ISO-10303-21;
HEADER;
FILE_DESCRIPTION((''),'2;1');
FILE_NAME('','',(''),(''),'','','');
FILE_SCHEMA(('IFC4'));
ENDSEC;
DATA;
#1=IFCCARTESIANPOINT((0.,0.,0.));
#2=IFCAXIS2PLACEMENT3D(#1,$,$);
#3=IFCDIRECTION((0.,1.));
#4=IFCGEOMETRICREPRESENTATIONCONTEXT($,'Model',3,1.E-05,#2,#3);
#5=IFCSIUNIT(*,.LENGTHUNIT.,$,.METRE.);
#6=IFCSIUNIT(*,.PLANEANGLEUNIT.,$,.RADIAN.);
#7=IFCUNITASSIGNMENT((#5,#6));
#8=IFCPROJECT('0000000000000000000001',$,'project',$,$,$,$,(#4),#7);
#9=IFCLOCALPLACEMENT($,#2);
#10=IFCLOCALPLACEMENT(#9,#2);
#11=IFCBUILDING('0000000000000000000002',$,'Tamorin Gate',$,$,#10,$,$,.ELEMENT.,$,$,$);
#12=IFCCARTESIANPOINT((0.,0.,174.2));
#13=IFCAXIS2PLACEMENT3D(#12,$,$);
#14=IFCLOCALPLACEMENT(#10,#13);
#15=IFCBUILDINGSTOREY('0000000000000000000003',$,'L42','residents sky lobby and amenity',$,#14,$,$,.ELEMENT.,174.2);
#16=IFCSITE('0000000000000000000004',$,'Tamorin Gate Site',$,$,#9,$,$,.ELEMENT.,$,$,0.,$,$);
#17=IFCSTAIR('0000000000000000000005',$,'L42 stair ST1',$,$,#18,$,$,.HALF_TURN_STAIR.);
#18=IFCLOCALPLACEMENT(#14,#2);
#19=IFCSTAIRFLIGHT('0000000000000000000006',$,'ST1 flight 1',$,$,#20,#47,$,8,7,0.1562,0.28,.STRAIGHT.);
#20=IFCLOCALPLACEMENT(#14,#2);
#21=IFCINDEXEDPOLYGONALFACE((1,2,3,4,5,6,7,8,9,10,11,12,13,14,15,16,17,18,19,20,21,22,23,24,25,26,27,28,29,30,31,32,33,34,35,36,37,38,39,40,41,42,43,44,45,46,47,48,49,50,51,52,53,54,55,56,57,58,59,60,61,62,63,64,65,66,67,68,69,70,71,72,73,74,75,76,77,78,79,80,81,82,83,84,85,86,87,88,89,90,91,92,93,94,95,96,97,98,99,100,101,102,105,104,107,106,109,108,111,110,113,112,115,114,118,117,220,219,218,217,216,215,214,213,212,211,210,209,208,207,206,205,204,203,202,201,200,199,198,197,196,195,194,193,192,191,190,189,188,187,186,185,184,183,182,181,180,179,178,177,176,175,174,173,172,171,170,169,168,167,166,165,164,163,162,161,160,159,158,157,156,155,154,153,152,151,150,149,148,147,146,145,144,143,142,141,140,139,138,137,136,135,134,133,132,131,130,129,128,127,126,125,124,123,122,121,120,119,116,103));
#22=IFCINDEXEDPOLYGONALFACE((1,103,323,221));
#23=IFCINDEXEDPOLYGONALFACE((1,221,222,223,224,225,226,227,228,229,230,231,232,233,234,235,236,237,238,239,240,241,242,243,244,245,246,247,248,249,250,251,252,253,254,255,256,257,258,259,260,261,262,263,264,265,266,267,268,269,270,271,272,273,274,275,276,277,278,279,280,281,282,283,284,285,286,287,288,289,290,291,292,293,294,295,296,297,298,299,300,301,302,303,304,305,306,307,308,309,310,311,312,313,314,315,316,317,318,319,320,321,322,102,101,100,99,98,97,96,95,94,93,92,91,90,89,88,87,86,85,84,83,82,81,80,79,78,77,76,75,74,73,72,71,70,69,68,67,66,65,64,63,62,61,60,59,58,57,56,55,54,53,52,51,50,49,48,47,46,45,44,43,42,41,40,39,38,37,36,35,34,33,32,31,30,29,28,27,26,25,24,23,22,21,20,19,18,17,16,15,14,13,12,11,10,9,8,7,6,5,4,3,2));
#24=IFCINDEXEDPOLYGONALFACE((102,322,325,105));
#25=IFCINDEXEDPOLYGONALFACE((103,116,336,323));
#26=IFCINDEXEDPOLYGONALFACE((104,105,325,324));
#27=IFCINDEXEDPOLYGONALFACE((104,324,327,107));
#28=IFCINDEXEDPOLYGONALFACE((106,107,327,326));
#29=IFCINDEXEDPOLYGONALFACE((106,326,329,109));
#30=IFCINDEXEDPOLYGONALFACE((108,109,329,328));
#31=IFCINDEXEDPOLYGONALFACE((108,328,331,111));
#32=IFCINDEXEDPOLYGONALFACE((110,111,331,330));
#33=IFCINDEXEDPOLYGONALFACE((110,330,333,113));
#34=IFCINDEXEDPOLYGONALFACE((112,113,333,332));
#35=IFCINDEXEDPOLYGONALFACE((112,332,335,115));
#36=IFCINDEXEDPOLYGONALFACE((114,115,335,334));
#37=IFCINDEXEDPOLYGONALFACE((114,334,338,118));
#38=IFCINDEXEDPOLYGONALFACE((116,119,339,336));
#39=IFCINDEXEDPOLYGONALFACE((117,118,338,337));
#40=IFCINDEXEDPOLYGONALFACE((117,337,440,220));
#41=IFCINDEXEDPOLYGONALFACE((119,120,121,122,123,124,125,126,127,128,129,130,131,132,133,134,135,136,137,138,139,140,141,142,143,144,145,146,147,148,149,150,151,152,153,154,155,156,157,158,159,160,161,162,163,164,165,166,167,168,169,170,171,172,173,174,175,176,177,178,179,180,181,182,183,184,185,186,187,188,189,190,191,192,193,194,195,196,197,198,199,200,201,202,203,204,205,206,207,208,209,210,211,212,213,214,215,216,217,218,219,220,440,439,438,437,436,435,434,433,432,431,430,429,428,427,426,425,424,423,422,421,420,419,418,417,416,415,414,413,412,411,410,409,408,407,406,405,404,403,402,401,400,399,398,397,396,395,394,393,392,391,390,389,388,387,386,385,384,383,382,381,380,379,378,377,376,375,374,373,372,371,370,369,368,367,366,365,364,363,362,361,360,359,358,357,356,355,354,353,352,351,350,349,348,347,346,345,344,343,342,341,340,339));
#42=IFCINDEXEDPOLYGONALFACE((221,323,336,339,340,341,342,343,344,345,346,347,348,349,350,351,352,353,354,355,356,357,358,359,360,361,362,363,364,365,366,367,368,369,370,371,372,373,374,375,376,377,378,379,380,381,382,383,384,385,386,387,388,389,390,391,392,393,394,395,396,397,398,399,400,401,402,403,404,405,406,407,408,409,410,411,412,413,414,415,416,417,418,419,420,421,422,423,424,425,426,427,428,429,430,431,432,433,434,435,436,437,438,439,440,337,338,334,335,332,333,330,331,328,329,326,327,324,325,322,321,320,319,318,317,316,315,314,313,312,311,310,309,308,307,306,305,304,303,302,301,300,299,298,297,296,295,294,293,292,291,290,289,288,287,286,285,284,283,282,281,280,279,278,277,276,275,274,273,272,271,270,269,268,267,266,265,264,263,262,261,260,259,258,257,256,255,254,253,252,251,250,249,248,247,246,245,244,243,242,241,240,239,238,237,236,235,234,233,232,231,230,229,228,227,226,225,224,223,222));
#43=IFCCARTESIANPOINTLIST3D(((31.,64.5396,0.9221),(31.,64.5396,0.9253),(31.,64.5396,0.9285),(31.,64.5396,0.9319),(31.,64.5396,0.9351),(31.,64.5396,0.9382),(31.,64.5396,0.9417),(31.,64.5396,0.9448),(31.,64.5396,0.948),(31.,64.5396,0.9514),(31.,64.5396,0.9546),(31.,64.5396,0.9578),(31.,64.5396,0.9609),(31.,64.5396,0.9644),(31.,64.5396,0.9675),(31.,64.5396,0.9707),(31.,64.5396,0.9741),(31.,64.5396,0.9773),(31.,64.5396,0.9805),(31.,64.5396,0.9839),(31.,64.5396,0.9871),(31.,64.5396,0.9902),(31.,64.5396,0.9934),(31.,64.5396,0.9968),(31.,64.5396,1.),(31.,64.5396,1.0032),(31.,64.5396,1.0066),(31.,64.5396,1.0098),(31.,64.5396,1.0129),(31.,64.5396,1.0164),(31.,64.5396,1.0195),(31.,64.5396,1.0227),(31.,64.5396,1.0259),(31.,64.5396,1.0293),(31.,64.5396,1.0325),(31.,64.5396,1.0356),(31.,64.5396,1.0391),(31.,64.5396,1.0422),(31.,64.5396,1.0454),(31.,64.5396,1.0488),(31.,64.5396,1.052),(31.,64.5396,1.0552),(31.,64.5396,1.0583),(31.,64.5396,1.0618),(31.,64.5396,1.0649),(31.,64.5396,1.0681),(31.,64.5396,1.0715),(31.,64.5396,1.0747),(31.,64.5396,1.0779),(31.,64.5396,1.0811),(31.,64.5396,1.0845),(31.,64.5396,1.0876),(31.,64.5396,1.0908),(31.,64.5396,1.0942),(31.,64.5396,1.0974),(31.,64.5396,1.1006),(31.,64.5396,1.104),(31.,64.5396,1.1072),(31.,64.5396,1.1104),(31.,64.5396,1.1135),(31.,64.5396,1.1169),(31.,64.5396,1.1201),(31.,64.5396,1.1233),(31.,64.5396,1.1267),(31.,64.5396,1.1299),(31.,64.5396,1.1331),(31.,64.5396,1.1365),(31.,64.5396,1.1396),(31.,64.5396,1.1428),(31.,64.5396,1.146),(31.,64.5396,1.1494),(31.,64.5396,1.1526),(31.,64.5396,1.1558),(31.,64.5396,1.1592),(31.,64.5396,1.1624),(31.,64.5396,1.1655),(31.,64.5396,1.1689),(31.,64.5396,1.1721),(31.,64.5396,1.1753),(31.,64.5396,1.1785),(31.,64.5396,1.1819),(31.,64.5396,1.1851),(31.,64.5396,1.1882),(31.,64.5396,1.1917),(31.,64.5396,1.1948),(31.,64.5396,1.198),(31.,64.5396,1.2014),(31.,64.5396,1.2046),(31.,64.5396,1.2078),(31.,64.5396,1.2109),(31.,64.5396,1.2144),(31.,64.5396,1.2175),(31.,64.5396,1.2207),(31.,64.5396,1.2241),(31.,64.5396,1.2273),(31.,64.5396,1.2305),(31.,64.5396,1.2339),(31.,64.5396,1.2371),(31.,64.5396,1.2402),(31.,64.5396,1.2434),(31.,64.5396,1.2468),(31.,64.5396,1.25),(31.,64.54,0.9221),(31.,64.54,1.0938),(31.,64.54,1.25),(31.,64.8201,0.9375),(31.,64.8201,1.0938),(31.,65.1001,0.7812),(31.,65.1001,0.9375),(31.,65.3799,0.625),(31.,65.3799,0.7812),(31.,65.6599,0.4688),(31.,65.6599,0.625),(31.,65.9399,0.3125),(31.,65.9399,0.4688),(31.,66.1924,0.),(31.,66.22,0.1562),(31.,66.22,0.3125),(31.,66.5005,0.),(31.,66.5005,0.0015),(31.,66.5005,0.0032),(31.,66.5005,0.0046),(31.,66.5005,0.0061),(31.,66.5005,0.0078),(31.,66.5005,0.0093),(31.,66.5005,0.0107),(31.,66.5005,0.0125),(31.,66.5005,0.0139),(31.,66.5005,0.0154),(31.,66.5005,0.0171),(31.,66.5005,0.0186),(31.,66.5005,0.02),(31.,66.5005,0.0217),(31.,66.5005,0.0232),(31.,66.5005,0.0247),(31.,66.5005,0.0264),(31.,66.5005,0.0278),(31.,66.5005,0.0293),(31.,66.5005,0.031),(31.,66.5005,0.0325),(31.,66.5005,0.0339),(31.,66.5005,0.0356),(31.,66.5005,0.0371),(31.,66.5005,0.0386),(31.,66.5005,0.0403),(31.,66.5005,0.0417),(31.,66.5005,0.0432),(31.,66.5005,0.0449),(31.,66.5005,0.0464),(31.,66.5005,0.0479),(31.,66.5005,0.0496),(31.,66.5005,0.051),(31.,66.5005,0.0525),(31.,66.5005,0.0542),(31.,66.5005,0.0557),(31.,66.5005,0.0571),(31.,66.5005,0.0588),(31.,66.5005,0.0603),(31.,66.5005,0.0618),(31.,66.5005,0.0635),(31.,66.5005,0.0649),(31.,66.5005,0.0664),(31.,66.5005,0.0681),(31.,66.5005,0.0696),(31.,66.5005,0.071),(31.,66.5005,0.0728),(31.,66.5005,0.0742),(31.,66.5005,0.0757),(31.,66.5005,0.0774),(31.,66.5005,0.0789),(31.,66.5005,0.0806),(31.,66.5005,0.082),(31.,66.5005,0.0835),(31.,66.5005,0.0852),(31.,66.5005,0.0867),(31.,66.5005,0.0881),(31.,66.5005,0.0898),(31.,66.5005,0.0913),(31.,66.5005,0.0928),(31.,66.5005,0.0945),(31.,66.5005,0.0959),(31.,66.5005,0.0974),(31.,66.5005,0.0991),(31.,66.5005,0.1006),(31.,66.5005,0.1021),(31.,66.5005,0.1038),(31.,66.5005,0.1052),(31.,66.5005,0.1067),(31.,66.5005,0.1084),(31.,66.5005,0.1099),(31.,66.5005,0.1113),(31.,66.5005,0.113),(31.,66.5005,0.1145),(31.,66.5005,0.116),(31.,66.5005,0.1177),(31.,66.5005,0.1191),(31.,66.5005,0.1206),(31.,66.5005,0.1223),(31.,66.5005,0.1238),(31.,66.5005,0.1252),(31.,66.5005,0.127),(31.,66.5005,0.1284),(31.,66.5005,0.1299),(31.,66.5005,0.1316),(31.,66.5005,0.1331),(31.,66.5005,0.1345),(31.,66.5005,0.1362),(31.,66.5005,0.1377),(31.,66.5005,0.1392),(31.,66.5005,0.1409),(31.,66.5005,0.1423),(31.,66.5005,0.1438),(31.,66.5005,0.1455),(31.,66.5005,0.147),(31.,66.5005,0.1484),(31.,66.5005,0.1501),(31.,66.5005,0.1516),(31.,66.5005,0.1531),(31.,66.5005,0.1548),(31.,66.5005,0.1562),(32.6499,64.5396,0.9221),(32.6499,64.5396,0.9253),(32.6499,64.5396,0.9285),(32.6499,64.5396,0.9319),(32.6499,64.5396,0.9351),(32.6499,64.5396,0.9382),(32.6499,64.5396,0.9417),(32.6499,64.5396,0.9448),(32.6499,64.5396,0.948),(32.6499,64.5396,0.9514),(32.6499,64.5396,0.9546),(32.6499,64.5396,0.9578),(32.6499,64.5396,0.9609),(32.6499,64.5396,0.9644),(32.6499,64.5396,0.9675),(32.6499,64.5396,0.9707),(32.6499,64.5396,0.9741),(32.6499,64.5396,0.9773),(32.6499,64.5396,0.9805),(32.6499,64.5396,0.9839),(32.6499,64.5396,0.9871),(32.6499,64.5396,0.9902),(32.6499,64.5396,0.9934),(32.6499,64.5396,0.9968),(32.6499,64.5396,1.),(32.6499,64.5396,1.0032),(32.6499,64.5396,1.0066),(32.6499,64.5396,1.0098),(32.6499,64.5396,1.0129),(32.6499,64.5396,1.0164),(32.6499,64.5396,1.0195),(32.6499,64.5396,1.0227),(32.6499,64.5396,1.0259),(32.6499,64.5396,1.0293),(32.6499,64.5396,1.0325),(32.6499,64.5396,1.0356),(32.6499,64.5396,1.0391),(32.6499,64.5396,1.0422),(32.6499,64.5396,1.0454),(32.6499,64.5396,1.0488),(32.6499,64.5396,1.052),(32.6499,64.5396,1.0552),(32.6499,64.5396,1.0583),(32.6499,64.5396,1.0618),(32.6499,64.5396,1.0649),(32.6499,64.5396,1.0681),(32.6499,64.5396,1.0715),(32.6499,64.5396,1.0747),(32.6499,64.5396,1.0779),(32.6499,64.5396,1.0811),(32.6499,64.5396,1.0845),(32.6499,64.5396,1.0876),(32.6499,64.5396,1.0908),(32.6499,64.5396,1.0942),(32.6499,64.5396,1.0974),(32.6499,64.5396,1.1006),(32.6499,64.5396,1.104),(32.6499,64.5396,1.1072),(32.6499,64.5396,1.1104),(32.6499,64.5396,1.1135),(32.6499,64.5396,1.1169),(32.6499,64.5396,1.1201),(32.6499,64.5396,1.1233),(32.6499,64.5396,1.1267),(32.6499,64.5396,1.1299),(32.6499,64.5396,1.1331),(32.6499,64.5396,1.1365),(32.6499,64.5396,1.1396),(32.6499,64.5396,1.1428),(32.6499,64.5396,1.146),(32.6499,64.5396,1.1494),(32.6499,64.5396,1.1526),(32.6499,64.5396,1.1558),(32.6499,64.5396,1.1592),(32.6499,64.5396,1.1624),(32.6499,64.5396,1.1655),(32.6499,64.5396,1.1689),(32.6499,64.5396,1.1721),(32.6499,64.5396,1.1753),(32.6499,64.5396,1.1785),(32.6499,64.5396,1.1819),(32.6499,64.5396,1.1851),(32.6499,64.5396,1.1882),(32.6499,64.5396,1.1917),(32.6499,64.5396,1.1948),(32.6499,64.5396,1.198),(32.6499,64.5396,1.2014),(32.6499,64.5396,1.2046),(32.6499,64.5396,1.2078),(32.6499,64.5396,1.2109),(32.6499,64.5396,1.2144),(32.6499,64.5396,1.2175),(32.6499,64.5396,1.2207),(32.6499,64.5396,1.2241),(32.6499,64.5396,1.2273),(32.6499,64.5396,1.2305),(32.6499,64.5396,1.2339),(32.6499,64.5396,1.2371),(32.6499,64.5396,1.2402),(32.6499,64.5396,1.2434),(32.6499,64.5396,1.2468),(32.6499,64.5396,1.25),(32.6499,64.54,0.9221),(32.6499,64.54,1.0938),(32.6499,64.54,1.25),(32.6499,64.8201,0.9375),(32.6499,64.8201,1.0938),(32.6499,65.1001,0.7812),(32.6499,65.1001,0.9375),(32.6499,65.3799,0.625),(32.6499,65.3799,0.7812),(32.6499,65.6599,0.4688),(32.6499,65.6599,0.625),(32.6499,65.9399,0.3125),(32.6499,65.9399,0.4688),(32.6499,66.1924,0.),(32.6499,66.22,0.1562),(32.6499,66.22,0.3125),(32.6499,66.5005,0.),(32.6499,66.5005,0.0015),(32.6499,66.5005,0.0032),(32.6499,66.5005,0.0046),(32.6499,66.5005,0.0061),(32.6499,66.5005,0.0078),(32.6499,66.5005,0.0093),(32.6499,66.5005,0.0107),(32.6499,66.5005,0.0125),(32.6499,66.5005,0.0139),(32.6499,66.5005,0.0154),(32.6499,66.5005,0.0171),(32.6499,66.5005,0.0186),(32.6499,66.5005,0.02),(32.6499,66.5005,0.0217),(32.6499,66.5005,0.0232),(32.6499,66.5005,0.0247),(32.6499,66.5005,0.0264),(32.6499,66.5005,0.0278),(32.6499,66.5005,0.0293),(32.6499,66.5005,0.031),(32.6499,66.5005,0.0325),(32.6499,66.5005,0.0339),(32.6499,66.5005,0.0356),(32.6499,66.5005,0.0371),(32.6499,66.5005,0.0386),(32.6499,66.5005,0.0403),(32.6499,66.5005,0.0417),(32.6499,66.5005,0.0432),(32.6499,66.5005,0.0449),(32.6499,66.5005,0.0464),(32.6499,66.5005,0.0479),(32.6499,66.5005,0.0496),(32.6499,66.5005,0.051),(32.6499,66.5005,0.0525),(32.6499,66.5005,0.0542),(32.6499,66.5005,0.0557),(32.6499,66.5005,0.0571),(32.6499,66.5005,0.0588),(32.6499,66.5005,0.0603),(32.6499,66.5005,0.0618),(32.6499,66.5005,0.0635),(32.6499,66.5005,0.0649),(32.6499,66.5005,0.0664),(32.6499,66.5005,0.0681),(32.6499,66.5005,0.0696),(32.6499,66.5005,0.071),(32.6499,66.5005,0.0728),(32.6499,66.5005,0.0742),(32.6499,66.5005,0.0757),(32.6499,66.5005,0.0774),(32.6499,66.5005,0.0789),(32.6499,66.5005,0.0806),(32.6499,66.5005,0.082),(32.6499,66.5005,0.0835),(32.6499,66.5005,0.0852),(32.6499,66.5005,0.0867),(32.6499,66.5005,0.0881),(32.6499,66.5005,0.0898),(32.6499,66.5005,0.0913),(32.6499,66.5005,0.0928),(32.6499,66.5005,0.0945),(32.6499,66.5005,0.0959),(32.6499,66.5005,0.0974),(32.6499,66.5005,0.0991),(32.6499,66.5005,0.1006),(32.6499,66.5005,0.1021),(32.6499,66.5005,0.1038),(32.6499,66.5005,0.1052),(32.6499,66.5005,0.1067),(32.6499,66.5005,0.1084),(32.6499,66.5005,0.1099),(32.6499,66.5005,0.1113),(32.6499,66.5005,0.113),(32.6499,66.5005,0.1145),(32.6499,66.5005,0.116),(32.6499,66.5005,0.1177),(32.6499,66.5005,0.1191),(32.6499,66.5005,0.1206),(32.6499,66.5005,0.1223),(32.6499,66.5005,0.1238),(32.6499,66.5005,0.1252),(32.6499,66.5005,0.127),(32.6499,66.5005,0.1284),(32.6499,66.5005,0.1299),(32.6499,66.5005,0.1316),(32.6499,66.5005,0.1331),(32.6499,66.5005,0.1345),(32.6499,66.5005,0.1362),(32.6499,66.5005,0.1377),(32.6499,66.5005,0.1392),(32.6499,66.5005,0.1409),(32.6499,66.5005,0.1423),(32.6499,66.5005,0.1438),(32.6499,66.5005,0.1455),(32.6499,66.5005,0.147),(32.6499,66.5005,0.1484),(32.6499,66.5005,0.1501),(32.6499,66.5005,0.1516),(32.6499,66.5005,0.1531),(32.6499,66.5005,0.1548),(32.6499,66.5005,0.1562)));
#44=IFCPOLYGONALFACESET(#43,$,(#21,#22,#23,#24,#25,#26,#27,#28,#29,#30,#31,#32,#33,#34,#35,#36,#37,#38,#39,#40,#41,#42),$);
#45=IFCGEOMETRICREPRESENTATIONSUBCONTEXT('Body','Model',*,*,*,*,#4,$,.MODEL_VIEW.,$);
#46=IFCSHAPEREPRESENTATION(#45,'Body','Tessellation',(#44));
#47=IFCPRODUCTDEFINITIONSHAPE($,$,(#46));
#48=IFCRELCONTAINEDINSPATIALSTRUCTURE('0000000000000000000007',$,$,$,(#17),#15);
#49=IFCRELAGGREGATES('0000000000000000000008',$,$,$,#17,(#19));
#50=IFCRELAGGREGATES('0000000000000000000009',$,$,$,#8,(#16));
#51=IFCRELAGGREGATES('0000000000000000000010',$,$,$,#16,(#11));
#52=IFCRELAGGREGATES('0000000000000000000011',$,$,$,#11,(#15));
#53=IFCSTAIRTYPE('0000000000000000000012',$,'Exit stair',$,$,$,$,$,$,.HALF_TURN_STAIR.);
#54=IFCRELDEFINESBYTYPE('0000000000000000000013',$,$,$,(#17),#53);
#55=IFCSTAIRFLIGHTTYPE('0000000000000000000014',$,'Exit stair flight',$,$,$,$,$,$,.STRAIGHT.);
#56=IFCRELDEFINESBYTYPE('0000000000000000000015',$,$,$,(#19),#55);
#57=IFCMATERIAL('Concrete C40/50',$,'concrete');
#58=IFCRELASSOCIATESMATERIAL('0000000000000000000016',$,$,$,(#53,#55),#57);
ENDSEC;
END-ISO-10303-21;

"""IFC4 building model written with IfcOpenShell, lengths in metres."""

from ifc_helpers import new_model, si_unit, direction, frame, origin, place, context, subcontext, project, spatial, polyline, outline, extrude, material, type_object, element, aggregate, save


model = new_model("IFC4")

# Units and contexts
model_context = context("Model", 3, precision=1e-05, world=origin(), true_north=direction((0.0, 1.0)))
body_context = subcontext(model_context, "Body", "Model", "MODEL_VIEW")
ifc_project = project(units=[si_unit("LENGTHUNIT", "METRE"), si_unit("PLANEANGLEUNIT", "RADIAN")], contexts=[model_context])

# Site, building, storey
site_placement = place(None, origin())
site = spatial("IfcSite", under=ifc_project, at=site_placement, Name="Tamorin Gate Site", CompositionType="ELEMENT", RefElevation=0.0)
building_placement = place(site_placement, origin())
building = spatial("IfcBuilding", under=site, at=building_placement, Name="Tamorin Gate", CompositionType="ELEMENT")
storey_placement = place(building_placement, frame((0.0, 0.0, 174.2)))
storey = spatial("IfcBuildingStorey", under=building, at=storey_placement, Name="L42", Description="residents sky lobby and amenity", CompositionType="ELEMENT", Elevation=174.2)

# Shared definitions
ifc_material_1 = material(Name="Concrete C40/50", Category="concrete")

# Stair, stair flight
stair_type = type_object("IfcStairType", Name="Exit stair", PredefinedType="HALF_TURN_STAIR", material=ifc_material_1)
stair_placement = place(storey_placement, origin())
stair = element("IfcStair", 1, at=stair_placement, inside=storey, type_object=stair_type, Name="L42 stair ST1", PredefinedType="HALF_TURN_STAIR")
stair_flight_type = type_object("IfcStairFlightType", Name="Exit stair flight", PredefinedType="STRAIGHT", material=ifc_material_1)
stair_flight_1_placement = place(storey_placement, frame((31.825, 66.5, 0.0), z_axis=(0.0, 0.0, 1.0), x_axis=(0.0, -1.0, 0.0)))
stair_flight_1 = element("IfcStairFlight", 2, at=stair_flight_1_placement, type_object=stair_flight_type, Name="ST1 flight 1", NumberOfRisers=8, NumberOfTreads=7, PredefinedType="STRAIGHT", RiserHeight=0.1562, TreadLength=0.28, context=body_context, shape_type="SweptSolid", body=[
    extrude(outline(polyline([(-0.0005, 0.0), (-0.0005, 0.0015), (-0.0005, 0.0032), (-0.0005, 0.0046), (-0.0005, 0.0061), (-0.0005, 0.0078), (-0.0005, 0.0093), (-0.0005, 0.0107), (-0.0005, 0.0125), (-0.0005, 0.0139), (-0.0005, 0.0154), (-0.0005, 0.0171), (-0.0005, 0.0186), (-0.0005, 0.02), (-0.0005, 0.0217), (-0.0005, 0.0232), (-0.0005, 0.0247), (-0.0005, 0.0264), (-0.0005, 0.0278), (-0.0005, 0.0293), (-0.0005, 0.031), (-0.0005, 0.0325), (-0.0005, 0.0339), (-0.0005, 0.0356), (-0.0005, 0.0371), (-0.0005, 0.0386), (-0.0005, 0.0403), (-0.0005, 0.0417), (-0.0005, 0.0432), (-0.0005, 0.0449), (-0.0005, 0.0464), (-0.0005, 0.0479), (-0.0005, 0.0496), (-0.0005, 0.051), (-0.0005, 0.0525), (-0.0005, 0.0542), (-0.0005, 0.0557), (-0.0005, 0.0571), (-0.0005, 0.0588), (-0.0005, 0.0603), (-0.0005, 0.0618), (-0.0005, 0.0635), (-0.0005, 0.0649), (-0.0005, 0.0664), (-0.0005, 0.0681), (-0.0005, 0.0696), (-0.0005, 0.071), (-0.0005, 0.0728), (-0.0005, 0.0742), (-0.0005, 0.0757), (-0.0005, 0.0774), (-0.0005, 0.0789), (-0.0005, 0.0806), (-0.0005, 0.082), (-0.0005, 0.0835), (-0.0005, 0.0852), (-0.0005, 0.0867), (-0.0005, 0.0881), (-0.0005, 0.0898), (-0.0005, 0.0913), (-0.0005, 0.0928), (-0.0005, 0.0945), (-0.0005, 0.0959), (-0.0005, 0.0974), (-0.0005, 0.0991), (-0.0005, 0.1006), (-0.0005, 0.1021), (-0.0005, 0.1038), (-0.0005, 0.1052), (-0.0005, 0.1067), (-0.0005, 0.1084), (-0.0005, 0.1099), (-0.0005, 0.1113), (-0.0005, 0.113), (-0.0005, 0.1145), (-0.0005, 0.116), (-0.0005, 0.1177), (-0.0005, 0.1191), (-0.0005, 0.1206), (-0.0005, 0.1223), (-0.0005, 0.1238), (-0.0005, 0.1252), (-0.0005, 0.127), (-0.0005, 0.1284), (-0.0005, 0.1299), (-0.0005, 0.1316), (-0.0005, 0.1331), (-0.0005, 0.1345), (-0.0005, 0.1362), (-0.0005, 0.1377), (-0.0005, 0.1392), (-0.0005, 0.1409), (-0.0005, 0.1423), (-0.0005, 0.1438), (-0.0005, 0.1455), (-0.0005, 0.147), (-0.0005, 0.1484), (-0.0005, 0.1501), (-0.0005, 0.1516), (-0.0005, 0.1531), (-0.0005, 0.1548), (-0.0005, 0.1562), (0.28, 0.1562), (0.28, 0.3125), (0.5601, 0.3125), (0.5601, 0.4688), (0.8401, 0.4688), (0.8401, 0.625), (1.1201, 0.625), (1.1201, 0.7812), (1.3999, 0.7812), (1.3999, 0.9375), (1.6799, 0.9375), (1.6799, 1.0938), (1.96, 1.0938), (1.96, 1.25), (1.9604, 1.25), (1.9604, 1.2468), (1.9604, 1.2434), (1.9604, 1.2402), (1.9604, 1.2371), (1.9604, 1.2339), (1.9604, 1.2305), (1.9604, 1.2273), (1.9604, 1.2241), (1.9604, 1.2207), (1.9604, 1.2175), (1.9604, 1.2144), (1.9604, 1.2109), (1.9604, 1.2078), (1.9604, 1.2046), (1.9604, 1.2014), (1.9604, 1.198), (1.9604, 1.1948), (1.9604, 1.1917), (1.9604, 1.1882), (1.9604, 1.1851), (1.9604, 1.1819), (1.9604, 1.1785), (1.9604, 1.1753), (1.9604, 1.1721), (1.9604, 1.1689), (1.9604, 1.1655), (1.9604, 1.1624), (1.9604, 1.1592), (1.9604, 1.1558), (1.9604, 1.1526), (1.9604, 1.1494), (1.9604, 1.146), (1.9604, 1.1428), (1.9604, 1.1396), (1.9604, 1.1365), (1.9604, 1.1331), (1.9604, 1.1299), (1.9604, 1.1267), (1.9604, 1.1233), (1.9604, 1.1201), (1.9604, 1.1169), (1.9604, 1.1135), (1.9604, 1.1104), (1.9604, 1.1072), (1.9604, 1.104), (1.9604, 1.1006), (1.9604, 1.0974), (1.9604, 1.0942), (1.9604, 1.0908), (1.9604, 1.0876), (1.9604, 1.0845), (1.9604, 1.0811), (1.9604, 1.0779), (1.9604, 1.0747), (1.9604, 1.0715), (1.9604, 1.0681), (1.9604, 1.0649), (1.9604, 1.0618), (1.9604, 1.0583), (1.9604, 1.0552), (1.9604, 1.052), (1.9604, 1.0488), (1.9604, 1.0454), (1.9604, 1.0422), (1.9604, 1.0391), (1.9604, 1.0356), (1.9604, 1.0325), (1.9604, 1.0293), (1.9604, 1.0259), (1.9604, 1.0227), (1.9604, 1.0195), (1.9604, 1.0164), (1.9604, 1.0129), (1.9604, 1.0098), (1.9604, 1.0066), (1.9604, 1.0032), (1.9604, 1.0), (1.9604, 0.9968), (1.9604, 0.9934), (1.9604, 0.9902), (1.9604, 0.9871), (1.9604, 0.9839), (1.9604, 0.9805), (1.9604, 0.9773), (1.9604, 0.9741), (1.9604, 0.9707), (1.9604, 0.9675), (1.9604, 0.9644), (1.9604, 0.9609), (1.9604, 0.9578), (1.9604, 0.9546), (1.9604, 0.9514), (1.9604, 0.948), (1.9604, 0.9448), (1.9604, 0.9417), (1.9604, 0.9382), (1.9604, 0.9351), (1.9604, 0.9319), (1.9604, 0.9285), (1.9604, 0.9253), (1.9604, 0.9221), (1.96, 0.9221), (0.3076, 0.0), (-0.0005, 0.0)])), frame((0.0, 0.825, 0.0), z_axis=(0.0, -1.0, 0.0), x_axis=(1.0, 0.0, 0.0)), (0.0, 0.0, 1.0), 1.6499),
])
aggregate(stair, [stair_flight_1])

save(model, "model.ifc")
